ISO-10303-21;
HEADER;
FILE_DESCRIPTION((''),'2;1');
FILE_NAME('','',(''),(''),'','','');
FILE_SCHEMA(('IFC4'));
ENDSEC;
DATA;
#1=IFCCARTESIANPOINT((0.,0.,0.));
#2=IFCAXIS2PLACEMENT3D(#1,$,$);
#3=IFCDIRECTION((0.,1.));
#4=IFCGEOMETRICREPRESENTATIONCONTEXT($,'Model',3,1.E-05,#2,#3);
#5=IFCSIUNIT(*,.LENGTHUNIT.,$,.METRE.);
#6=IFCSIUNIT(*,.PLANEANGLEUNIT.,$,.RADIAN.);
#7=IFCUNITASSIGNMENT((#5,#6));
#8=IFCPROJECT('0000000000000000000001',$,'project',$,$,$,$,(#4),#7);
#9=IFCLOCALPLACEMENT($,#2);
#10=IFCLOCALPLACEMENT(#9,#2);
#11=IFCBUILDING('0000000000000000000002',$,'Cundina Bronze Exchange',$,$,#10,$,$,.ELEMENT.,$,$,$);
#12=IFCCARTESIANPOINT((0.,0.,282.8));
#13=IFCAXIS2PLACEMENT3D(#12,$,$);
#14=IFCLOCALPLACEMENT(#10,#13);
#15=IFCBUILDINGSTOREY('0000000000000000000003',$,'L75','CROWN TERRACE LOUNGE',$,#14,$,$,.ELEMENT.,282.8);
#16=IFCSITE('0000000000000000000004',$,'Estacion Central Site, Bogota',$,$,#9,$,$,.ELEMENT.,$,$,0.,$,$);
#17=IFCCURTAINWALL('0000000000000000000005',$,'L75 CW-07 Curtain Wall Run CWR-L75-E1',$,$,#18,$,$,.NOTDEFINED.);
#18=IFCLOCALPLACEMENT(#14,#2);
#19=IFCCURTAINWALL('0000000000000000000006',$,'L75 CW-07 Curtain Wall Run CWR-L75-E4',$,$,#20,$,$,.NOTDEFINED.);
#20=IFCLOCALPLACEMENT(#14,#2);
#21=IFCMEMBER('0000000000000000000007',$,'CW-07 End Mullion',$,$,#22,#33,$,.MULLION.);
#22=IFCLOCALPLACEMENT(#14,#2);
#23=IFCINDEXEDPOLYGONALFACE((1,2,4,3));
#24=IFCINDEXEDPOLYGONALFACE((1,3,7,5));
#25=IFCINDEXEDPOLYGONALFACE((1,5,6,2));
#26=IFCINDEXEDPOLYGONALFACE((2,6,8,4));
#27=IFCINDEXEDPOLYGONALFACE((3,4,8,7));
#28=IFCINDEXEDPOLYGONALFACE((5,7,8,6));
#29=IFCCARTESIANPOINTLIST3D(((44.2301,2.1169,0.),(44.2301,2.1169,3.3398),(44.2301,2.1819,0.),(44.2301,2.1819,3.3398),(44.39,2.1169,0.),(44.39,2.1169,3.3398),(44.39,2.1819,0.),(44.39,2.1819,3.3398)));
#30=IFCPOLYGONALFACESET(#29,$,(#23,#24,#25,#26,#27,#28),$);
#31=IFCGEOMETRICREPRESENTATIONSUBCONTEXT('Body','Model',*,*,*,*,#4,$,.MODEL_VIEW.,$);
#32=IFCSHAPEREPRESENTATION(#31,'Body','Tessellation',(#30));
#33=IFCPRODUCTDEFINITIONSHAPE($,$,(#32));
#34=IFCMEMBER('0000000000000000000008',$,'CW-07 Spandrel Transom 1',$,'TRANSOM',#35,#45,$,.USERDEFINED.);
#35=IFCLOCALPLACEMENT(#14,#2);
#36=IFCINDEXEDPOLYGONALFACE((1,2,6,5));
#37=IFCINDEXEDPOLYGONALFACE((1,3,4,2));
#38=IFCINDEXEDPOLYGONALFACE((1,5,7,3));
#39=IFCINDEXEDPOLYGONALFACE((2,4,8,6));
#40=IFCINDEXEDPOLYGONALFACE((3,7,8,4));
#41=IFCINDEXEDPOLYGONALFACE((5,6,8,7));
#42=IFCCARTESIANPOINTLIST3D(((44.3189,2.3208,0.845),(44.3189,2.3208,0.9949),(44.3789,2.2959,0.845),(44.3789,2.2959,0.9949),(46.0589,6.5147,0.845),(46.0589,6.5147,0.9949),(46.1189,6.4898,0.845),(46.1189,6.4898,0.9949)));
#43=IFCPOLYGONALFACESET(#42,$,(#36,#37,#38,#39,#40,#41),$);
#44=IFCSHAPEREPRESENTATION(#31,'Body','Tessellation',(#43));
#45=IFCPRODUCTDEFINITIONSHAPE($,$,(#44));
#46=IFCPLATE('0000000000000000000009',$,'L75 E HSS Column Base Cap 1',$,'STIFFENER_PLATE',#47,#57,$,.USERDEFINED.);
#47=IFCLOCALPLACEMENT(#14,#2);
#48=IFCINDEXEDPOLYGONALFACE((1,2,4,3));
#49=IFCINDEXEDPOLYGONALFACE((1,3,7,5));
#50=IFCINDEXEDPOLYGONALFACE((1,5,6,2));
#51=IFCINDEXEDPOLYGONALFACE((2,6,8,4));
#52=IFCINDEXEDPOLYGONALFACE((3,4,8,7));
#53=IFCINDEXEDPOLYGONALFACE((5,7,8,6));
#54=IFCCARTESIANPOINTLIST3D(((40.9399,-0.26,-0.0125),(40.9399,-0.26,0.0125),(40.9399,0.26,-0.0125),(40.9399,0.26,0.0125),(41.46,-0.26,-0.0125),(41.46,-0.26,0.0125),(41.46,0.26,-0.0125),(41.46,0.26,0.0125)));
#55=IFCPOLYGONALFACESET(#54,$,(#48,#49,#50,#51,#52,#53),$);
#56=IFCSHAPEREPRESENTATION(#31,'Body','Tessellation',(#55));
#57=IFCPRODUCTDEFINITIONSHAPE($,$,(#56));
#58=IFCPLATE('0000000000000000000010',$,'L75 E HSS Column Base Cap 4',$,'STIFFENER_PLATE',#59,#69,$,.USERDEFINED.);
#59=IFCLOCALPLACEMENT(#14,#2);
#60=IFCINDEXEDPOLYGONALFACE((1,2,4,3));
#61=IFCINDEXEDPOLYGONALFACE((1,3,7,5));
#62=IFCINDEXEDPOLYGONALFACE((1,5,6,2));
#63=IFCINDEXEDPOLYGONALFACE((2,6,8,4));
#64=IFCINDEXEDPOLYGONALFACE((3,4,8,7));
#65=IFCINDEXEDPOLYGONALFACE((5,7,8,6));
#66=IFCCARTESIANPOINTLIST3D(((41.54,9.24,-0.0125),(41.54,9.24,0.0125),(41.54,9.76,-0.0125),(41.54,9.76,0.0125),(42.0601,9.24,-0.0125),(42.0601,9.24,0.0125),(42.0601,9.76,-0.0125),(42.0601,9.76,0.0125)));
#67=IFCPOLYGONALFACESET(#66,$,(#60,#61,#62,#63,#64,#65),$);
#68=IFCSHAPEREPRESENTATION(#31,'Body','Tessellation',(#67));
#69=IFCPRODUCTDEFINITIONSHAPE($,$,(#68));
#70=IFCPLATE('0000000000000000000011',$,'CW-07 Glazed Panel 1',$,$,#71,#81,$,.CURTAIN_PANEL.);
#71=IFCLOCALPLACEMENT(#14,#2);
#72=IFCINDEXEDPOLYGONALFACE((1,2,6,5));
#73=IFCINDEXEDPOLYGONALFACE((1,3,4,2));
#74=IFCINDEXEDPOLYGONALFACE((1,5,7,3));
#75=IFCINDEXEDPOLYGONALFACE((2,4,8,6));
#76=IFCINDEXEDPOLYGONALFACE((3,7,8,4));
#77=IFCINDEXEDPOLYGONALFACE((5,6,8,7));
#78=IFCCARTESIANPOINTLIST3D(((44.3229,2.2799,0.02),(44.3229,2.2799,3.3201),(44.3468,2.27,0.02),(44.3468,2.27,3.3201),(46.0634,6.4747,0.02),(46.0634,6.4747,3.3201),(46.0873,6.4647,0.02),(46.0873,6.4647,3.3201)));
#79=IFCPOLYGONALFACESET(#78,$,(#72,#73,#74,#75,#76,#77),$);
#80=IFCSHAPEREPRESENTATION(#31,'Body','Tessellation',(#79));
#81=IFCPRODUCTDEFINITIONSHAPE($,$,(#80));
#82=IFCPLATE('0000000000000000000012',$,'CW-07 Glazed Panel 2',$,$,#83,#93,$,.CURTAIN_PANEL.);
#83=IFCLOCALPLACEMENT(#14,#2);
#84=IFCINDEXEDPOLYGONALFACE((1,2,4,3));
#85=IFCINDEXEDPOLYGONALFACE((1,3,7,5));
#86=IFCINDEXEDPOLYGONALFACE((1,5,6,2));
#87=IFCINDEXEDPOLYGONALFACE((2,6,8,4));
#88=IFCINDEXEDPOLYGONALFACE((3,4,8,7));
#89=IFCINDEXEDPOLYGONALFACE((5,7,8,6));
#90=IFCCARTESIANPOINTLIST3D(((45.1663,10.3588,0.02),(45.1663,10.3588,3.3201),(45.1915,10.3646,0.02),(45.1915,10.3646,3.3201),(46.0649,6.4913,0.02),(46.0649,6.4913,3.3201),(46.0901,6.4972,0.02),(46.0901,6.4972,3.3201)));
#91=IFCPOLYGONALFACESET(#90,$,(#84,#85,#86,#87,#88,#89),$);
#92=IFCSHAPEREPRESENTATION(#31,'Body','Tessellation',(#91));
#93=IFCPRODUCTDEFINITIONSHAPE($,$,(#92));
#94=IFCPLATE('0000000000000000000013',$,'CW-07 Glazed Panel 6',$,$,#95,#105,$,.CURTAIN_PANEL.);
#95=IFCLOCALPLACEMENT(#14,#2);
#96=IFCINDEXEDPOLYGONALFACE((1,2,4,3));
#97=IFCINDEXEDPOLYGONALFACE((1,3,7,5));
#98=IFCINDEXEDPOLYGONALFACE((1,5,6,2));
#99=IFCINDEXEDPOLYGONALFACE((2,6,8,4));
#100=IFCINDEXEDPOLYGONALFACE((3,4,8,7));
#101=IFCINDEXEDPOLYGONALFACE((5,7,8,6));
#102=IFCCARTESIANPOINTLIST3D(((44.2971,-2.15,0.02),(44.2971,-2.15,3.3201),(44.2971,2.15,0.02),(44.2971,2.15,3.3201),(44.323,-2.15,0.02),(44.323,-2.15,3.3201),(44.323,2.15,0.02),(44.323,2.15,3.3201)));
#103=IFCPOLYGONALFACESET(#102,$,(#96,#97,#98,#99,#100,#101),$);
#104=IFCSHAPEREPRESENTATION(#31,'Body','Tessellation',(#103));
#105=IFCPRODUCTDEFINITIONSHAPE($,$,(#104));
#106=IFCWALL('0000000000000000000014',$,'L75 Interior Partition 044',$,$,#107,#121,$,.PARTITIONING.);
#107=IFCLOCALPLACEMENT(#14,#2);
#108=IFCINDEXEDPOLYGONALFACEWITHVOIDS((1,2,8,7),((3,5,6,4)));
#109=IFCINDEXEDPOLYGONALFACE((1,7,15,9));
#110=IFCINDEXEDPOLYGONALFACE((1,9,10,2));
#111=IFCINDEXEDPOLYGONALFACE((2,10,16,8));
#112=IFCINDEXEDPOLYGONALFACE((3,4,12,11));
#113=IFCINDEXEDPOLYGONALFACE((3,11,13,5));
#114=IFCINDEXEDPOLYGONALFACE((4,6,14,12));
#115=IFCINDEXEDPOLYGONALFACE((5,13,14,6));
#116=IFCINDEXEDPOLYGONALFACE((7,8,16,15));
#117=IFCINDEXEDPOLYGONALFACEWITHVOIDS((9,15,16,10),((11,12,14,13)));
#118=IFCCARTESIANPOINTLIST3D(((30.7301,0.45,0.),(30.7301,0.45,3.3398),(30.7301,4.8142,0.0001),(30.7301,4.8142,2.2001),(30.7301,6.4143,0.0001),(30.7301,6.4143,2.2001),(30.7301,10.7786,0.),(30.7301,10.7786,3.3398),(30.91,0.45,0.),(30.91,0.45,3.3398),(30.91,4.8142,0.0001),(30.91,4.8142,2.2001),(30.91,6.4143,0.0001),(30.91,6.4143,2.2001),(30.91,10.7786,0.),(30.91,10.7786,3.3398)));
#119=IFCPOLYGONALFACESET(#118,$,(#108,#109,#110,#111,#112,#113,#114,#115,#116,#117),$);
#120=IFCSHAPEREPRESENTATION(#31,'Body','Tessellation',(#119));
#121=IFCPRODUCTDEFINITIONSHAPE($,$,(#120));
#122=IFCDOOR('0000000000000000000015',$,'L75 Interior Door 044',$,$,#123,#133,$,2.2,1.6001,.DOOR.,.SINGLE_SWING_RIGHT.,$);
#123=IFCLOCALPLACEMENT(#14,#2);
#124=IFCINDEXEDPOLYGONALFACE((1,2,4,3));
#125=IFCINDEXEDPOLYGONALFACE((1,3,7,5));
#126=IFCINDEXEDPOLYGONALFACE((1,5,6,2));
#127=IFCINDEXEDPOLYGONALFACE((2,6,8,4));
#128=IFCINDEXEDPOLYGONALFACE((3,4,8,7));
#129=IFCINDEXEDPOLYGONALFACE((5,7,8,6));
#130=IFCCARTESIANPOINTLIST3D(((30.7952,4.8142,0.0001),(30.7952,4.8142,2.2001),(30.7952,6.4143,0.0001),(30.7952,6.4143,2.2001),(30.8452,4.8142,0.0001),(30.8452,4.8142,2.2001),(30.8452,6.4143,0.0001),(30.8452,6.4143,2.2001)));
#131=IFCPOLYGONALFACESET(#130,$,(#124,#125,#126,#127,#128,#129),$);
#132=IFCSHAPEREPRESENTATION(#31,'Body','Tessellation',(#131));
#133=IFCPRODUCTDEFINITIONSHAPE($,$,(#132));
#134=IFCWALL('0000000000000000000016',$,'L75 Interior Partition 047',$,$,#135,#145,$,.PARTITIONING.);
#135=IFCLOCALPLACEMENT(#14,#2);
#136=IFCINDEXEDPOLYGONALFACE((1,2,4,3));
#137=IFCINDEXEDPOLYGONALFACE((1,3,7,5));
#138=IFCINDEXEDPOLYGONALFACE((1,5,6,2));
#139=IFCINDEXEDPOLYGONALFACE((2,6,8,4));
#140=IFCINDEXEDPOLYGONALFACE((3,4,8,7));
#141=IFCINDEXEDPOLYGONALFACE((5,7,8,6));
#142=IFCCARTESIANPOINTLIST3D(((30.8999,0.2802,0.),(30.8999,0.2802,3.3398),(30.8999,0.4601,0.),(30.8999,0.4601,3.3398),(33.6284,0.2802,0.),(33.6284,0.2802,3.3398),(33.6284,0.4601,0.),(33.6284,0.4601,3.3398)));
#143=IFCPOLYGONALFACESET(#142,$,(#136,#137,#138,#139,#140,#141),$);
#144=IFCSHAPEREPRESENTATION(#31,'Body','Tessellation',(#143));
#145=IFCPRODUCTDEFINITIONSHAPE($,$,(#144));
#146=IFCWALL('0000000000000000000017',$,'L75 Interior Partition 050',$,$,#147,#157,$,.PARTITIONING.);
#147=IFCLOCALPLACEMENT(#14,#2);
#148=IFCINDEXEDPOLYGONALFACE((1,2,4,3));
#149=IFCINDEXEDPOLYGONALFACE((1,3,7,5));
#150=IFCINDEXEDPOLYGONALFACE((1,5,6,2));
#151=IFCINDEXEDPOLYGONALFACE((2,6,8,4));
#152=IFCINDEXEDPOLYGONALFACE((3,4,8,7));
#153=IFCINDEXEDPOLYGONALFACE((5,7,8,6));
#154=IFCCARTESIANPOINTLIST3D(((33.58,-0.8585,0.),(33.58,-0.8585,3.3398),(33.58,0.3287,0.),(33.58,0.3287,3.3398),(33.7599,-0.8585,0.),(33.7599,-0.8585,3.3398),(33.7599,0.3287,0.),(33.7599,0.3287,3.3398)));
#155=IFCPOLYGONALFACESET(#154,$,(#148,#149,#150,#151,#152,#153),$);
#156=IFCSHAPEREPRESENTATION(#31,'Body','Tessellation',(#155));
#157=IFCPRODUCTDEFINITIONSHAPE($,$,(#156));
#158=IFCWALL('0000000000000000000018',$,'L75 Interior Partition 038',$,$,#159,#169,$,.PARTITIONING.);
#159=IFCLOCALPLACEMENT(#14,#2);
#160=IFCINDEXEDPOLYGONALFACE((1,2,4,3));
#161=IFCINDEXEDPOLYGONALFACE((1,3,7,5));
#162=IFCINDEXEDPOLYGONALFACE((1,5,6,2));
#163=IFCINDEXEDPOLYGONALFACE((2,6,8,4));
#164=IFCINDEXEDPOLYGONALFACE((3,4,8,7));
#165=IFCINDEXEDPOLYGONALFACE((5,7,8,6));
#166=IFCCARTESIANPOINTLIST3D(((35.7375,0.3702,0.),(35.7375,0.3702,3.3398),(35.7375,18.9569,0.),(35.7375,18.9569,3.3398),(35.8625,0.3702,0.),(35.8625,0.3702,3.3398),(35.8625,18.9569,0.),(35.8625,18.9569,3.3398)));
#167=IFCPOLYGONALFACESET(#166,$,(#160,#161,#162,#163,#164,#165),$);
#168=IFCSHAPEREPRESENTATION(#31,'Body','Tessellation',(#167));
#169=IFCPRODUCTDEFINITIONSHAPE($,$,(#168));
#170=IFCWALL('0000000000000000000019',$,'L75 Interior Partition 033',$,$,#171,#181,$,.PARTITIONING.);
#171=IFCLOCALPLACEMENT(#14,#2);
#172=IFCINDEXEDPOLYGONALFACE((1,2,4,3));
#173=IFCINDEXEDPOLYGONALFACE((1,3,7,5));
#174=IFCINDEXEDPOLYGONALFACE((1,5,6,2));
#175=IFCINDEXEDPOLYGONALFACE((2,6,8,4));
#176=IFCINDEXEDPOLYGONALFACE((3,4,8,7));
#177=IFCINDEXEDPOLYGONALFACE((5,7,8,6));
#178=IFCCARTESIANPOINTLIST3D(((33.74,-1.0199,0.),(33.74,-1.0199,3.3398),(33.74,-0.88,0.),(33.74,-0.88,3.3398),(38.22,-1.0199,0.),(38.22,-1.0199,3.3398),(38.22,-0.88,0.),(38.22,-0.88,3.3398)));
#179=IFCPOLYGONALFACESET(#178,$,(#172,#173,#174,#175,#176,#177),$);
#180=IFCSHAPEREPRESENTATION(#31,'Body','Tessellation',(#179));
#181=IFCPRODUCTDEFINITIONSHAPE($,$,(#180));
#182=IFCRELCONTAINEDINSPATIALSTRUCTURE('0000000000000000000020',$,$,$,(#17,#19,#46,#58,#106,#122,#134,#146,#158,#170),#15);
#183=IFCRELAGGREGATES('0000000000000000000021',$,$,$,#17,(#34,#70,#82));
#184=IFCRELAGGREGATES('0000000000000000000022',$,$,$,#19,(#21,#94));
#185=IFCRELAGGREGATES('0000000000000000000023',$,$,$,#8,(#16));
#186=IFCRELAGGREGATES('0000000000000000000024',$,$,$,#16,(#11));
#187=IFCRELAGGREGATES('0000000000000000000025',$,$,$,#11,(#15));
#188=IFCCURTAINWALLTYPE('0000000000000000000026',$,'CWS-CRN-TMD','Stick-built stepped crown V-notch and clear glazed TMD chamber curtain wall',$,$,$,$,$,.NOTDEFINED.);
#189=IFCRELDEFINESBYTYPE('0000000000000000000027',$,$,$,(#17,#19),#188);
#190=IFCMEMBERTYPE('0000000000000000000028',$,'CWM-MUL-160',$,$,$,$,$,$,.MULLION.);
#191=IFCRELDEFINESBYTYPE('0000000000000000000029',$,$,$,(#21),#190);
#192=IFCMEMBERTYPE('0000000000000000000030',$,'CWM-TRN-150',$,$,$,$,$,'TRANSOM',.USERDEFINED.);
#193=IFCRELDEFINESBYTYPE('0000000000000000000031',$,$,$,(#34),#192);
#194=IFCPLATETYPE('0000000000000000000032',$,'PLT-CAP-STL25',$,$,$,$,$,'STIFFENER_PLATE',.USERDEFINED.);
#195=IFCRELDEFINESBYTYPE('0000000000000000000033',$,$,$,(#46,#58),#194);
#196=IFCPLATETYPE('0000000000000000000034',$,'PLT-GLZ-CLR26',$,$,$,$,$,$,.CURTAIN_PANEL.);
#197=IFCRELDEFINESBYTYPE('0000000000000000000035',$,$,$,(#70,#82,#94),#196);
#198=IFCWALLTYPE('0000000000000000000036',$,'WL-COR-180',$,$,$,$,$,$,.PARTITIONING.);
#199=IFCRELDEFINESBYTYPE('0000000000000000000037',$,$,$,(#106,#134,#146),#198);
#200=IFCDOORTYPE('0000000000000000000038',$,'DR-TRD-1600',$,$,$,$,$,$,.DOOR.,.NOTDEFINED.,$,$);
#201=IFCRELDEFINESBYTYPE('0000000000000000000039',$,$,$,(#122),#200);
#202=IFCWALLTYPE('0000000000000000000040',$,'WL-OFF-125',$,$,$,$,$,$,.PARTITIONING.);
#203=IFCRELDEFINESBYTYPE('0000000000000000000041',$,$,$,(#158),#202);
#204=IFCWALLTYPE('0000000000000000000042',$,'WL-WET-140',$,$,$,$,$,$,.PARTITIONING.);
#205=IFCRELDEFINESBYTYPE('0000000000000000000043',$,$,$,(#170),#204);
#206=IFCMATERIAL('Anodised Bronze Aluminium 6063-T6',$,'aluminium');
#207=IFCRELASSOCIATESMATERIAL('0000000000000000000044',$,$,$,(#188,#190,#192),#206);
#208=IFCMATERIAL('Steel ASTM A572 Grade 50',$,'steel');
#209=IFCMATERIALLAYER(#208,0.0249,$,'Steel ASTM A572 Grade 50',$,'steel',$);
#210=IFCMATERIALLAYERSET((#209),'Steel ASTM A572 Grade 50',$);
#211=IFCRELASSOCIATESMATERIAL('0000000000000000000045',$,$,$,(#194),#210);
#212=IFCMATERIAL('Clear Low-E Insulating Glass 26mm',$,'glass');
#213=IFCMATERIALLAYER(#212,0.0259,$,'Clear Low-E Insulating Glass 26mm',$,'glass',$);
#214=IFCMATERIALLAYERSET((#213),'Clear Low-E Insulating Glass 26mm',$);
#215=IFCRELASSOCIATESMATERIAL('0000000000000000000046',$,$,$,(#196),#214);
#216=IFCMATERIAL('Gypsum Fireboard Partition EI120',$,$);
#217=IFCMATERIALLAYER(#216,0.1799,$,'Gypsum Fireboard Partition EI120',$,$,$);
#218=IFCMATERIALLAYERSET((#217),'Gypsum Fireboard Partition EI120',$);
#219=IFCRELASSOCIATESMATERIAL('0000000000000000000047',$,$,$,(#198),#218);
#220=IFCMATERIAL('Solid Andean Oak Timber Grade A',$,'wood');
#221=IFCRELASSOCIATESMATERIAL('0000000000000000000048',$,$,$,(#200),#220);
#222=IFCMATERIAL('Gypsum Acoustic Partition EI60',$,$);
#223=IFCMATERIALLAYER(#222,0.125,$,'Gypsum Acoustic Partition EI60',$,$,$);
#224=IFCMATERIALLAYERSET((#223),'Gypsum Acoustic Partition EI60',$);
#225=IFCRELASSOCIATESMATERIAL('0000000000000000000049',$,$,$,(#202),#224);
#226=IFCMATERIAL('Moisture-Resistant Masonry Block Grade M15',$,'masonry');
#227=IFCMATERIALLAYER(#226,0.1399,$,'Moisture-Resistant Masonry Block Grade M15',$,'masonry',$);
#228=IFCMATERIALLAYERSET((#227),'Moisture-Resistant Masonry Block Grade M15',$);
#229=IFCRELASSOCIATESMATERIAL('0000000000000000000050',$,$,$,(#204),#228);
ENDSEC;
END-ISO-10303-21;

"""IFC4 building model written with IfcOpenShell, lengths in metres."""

from ifc_helpers import new_model, si_unit, direction, frame, frame_2d, origin, origin_2d, place, context, subcontext, project, spatial, rectangle, extrude, material, layer, layer_set, material_profile, profile_set, type_object, element, fill, aggregate, save


model = new_model("IFC4")

# Units and contexts
model_context = context("Model", 3, precision=1e-05, world=origin(), true_north=direction((0.0, 1.0)))
body_context = subcontext(model_context, "Body", "Model", "MODEL_VIEW")
ifc_project = project(units=[si_unit("LENGTHUNIT", "METRE"), si_unit("PLANEANGLEUNIT", "RADIAN")], contexts=[model_context])

# Site, building, storey
site_placement = place(None, origin())
site = spatial("IfcSite", under=ifc_project, at=site_placement, Name="Estacion Central Site, Bogota", CompositionType="ELEMENT", RefElevation=0.0)
building_placement = place(site_placement, origin())
building = spatial("IfcBuilding", under=site, at=building_placement, Name="Cundina Bronze Exchange", CompositionType="ELEMENT")
storey_placement = place(building_placement, frame((0.0, 0.0, 282.8)))
storey = spatial("IfcBuildingStorey", under=building, at=storey_placement, Name="L75", Description="CROWN TERRACE LOUNGE", CompositionType="ELEMENT", Elevation=282.8)

# Curtain walls, member
ifc_material_1 = material(Name="Anodised Bronze Aluminium 6063-T6", Category="aluminium")
curtain_wall_type = type_object("IfcCurtainWallType", Name="CWS-CRN-TMD", Description="Stick-built stepped crown V-notch and clear glazed TMD chamber curtain wall", PredefinedType="NOTDEFINED", material=ifc_material_1)
curtain_wall_1_placement = place(storey_placement, origin())
curtain_wall_1 = element("IfcCurtainWall", 1, at=curtain_wall_1_placement, inside=storey, type_object=curtain_wall_type, Name="L75 CW-07 Curtain Wall Run CWR-L75-E1", PredefinedType="NOTDEFINED")
ifc_material_profile_1 = material_profile(ifc_material_1, rectangle(XDim=0.0649, YDim=0.1599, at=origin_2d()), Name="AL65X160", Category="aluminium")
ifc_profile_set_1 = profile_set([ifc_material_profile_1], Name="Anodised Bronze Aluminium 6063-T6")
member_type_1 = type_object("IfcMemberType", Name="CWM-MUL-160", PredefinedType="MULLION", material=ifc_profile_set_1)
curtain_wall_2_placement = place(storey_placement, origin())
curtain_wall_2 = element("IfcCurtainWall", 2, at=curtain_wall_2_placement, inside=storey, type_object=curtain_wall_type, Name="L75 CW-07 Curtain Wall Run CWR-L75-E4", PredefinedType="NOTDEFINED")
member_1_placement = place(storey_placement, frame((44.3101, 2.1494, 0.0), z_axis=(0.0, 0.0, 1.0), x_axis=(0.0, 1.0, 0.0)))
member_1 = element("IfcMember", 3, at=member_1_placement, type_object=member_type_1, Name="CW-07 End Mullion", PredefinedType="MULLION", context=body_context, shape_type="SweptSolid", body=[
    extrude(rectangle(XDim=0.0649, YDim=0.1599, at=origin_2d()), origin(), (0.0, 0.0, 1.0), 3.3398),
])

# Member
ifc_material_profile_2 = material_profile(ifc_material_1, rectangle(XDim=0.0649, YDim=0.1499, at=origin_2d()), Name="AL65X150", Category="aluminium")
ifc_profile_set_2 = profile_set([ifc_material_profile_2], Name="Anodised Bronze Aluminium 6063-T6")
member_type_2 = type_object("IfcMemberType", Name="CWM-TRN-150", ElementType="TRANSOM", PredefinedType="USERDEFINED", material=ifc_profile_set_2)
member_2_placement = place(storey_placement, frame((44.3489, 2.3083, 0.9199), z_axis=(0.383218, 0.923658, 0.0), x_axis=(-0.923658, 0.383218, 0.0)))
member_2 = element("IfcMember", 4, at=member_2_placement, type_object=member_type_2, Name="CW-07 Spandrel Transom 1", ObjectType="TRANSOM", PredefinedType="USERDEFINED", context=body_context, shape_type="SweptSolid", body=[
    extrude(rectangle(XDim=0.0649, YDim=0.1499, at=origin_2d()), origin(), (0.0, 0.0, 1.0), 4.5405),
])

# Plates
ifc_material_2 = material(Name="Steel ASTM A572 Grade 50", Category="steel")
ifc_layer_1 = layer(ifc_material_2, 0.0249, Name="Steel ASTM A572 Grade 50", Category="steel")
ifc_layer_set_1 = layer_set([ifc_layer_1], Name="Steel ASTM A572 Grade 50")
plate_type_1 = type_object("IfcPlateType", Name="PLT-CAP-STL25", ElementType="STIFFENER_PLATE", PredefinedType="USERDEFINED", material=ifc_layer_set_1)
for number, where, z_axis, x_axis, name in (
    (5, (41.2, 0.0, -0.0125), (0.0, 0.0, 1.0), (1.0, 0.0, 0.0), "L75 E HSS Column Base Cap 1"),
    (6, (41.8, 9.5, -0.0125), (0.0, 0.0, 1.0), (1.0, 0.0, 0.0), "L75 E HSS Column Base Cap 4"),
):
    element("IfcPlate", number, at=place(storey_placement, frame(where, z_axis=z_axis, x_axis=x_axis)), inside=storey, type_object=plate_type_1, Name=name, ObjectType="STIFFENER_PLATE", PredefinedType="USERDEFINED", context=body_context, shape_type="SweptSolid", body=[
        extrude(rectangle(XDim=0.52, YDim=0.52, at=origin_2d()), origin(), (0.0, 0.0, 1.0), 0.0249),
    ])

# Plates
ifc_material_3 = material(Name="Clear Low-E Insulating Glass 26mm", Category="glass")
ifc_layer_2 = layer(ifc_material_3, 0.0259, Name="Clear Low-E Insulating Glass 26mm", Category="glass")
ifc_layer_set_2 = layer_set([ifc_layer_2], Name="Clear Low-E Insulating Glass 26mm")
plate_type_2 = type_object("IfcPlateType", Name="PLT-GLZ-CLR26", PredefinedType="CURTAIN_PANEL", material=ifc_layer_set_2)
plate_1_placement = place(storey_placement, frame((45.2051, 4.3723, 0.02), z_axis=(0.0, 0.0, 1.0), x_axis=(0.383232, 0.923652, 0.0)))
plate_1 = element("IfcPlate", 7, at=plate_1_placement, type_object=plate_type_2, Name="CW-07 Glazed Panel 1", PredefinedType="CURTAIN_PANEL", context=body_context, shape_type="SweptSolid", body=[
    extrude(rectangle(XDim=4.5415, YDim=0.0259, at=origin_2d()), origin(), (0.0, 0.0, 1.0), 3.3),
])
plate_2_placement = place(storey_placement, frame((45.6282, 8.428, 0.02), z_axis=(0.0, 0.0, 1.0), x_axis=(-0.226328, 0.974051, 0.0)))
plate_2 = element("IfcPlate", 8, at=plate_2_placement, type_object=plate_type_2, Name="CW-07 Glazed Panel 2", PredefinedType="CURTAIN_PANEL", context=body_context, shape_type="SweptSolid", body=[
    extrude(rectangle(XDim=3.9705, YDim=0.0259, at=origin_2d()), origin(), (0.0, 0.0, 1.0), 3.3),
])
aggregate(curtain_wall_1, [member_2, plate_1, plate_2])
plate_3_placement = place(storey_placement, frame((44.3101, 0.0, 0.02), z_axis=(0.0, 0.0, 1.0), x_axis=(0.0, 1.0, 0.0)))
plate_3 = element("IfcPlate", 9, at=plate_3_placement, type_object=plate_type_2, Name="CW-07 Glazed Panel 6", PredefinedType="CURTAIN_PANEL", context=body_context, shape_type="SweptSolid", body=[
    extrude(rectangle(XDim=4.3, YDim=0.0259, at=origin_2d()), origin(), (0.0, 0.0, 1.0), 3.3),
])
aggregate(curtain_wall_2, [member_1, plate_3])

# Wall, opening, door
ifc_material_4 = material(Name="Gypsum Fireboard Partition EI120")
ifc_layer_3 = layer(ifc_material_4, 0.1799, Name="Gypsum Fireboard Partition EI120")
ifc_layer_set_3 = layer_set([ifc_layer_3], Name="Gypsum Fireboard Partition EI120")
wall_type_1 = type_object("IfcWallType", Name="WL-COR-180", PredefinedType="PARTITIONING", material=ifc_layer_set_3)
wall_1_placement = place(storey_placement, frame((30.8201, 0.45, 0.0), z_axis=(0.0, 0.0, 1.0), x_axis=(0.0, 1.0, 0.0)))
wall_1 = element("IfcWall", 10, at=wall_1_placement, inside=storey, type_object=wall_type_1, Name="L75 Interior Partition 044", PredefinedType="PARTITIONING", context=body_context, shape_type="SweptSolid", body=[
    extrude(rectangle(XDim=10.3286, YDim=0.1799, at=frame_2d((5.1643, 0.0))), origin(), (0.0, 0.0, 1.0), 3.3398),
])
opening_placement = place(wall_1_placement, frame((4.3643, 0.0, 0.0)))
opening = element("IfcOpeningElement", 11, at=opening_placement, cuts=wall_1, PredefinedType="OPENING", context=body_context, shape_type="SweptSolid", body=[
    extrude(rectangle(XDim=1.6001, YDim=2.2, at=frame_2d((0.8, 1.1001))), frame((0.0, 0.0999, 0.0), z_axis=(0.0, -1.0, 0.0), x_axis=(1.0, 0.0, 0.0)), (0.0, 0.0, 1.0), 0.2),
])
ifc_material_5 = material(Name="Solid Andean Oak Timber Grade A", Category="wood")
door_type = type_object("IfcDoorType", Name="DR-TRD-1600", OperationType="NOTDEFINED", PredefinedType="DOOR", material=ifc_material_5)
door_placement = place(opening_placement, origin())
door = element("IfcDoor", 12, at=door_placement, inside=storey, type_object=door_type, Name="L75 Interior Door 044", OperationType="SINGLE_SWING_RIGHT", OverallHeight=2.2, OverallWidth=1.6001, PredefinedType="DOOR", context=body_context, shape_type="SweptSolid", body=[
    extrude(rectangle(XDim=1.6001, YDim=2.2, at=frame_2d((0.8, 1.1001))), frame((0.0, 0.0249, 0.0), z_axis=(0.0, -1.0, 0.0), x_axis=(1.0, 0.0, 0.0)), (0.0, 0.0, 1.0), 0.05),
])
fill(opening, door)

# Walls
wall_2_placement = place(storey_placement, frame((33.6284, 0.3701, 0.0), z_axis=(0.0, 0.0, 1.0), x_axis=(-1.0, 0.0, 0.0)))
element("IfcWall", 13, at=wall_2_placement, inside=storey, type_object=wall_type_1, Name="L75 Interior Partition 047", PredefinedType="PARTITIONING", context=body_context, shape_type="SweptSolid", body=[
    extrude(rectangle(XDim=2.7285, YDim=0.1799, at=frame_2d((1.3643, 0.0))), origin(), (0.0, 0.0, 1.0), 3.3398),
])
wall_3_placement = place(storey_placement, frame((33.6699, -0.8586, 0.0), z_axis=(0.0, 0.0, 1.0), x_axis=(0.0, 1.0, 0.0)))
element("IfcWall", 14, at=wall_3_placement, inside=storey, type_object=wall_type_1, Name="L75 Interior Partition 050", PredefinedType="PARTITIONING", context=body_context, shape_type="SweptSolid", body=[
    extrude(rectangle(XDim=1.1873, YDim=0.1799, at=frame_2d((0.5938, 0.0))), origin(), (0.0, 0.0, 1.0), 3.3398),
])
ifc_material_6 = material(Name="Gypsum Acoustic Partition EI60")
ifc_layer_4 = layer(ifc_material_6, 0.125, Name="Gypsum Acoustic Partition EI60")
ifc_layer_set_4 = layer_set([ifc_layer_4], Name="Gypsum Acoustic Partition EI60")
wall_type_2 = type_object("IfcWallType", Name="WL-OFF-125", PredefinedType="PARTITIONING", material=ifc_layer_set_4)
wall_4_placement = place(storey_placement, frame((35.8, 0.3701, 0.0), z_axis=(0.0, 0.0, 1.0), x_axis=(0.0, 1.0, 0.0)))
element("IfcWall", 15, at=wall_4_placement, inside=storey, type_object=wall_type_2, Name="L75 Interior Partition 038", PredefinedType="PARTITIONING", context=body_context, shape_type="SweptSolid", body=[
    extrude(rectangle(XDim=18.5867, YDim=0.125, at=frame_2d((9.2935, 0.0))), origin(), (0.0, 0.0, 1.0), 3.3398),
])
ifc_material_7 = material(Name="Moisture-Resistant Masonry Block Grade M15", Category="masonry")
ifc_layer_5 = layer(ifc_material_7, 0.1399, Name="Moisture-Resistant Masonry Block Grade M15", Category="masonry")
ifc_layer_set_5 = layer_set([ifc_layer_5], Name="Moisture-Resistant Masonry Block Grade M15")
wall_type_3 = type_object("IfcWallType", Name="WL-WET-140", PredefinedType="PARTITIONING", material=ifc_layer_set_5)
wall_5_placement = place(storey_placement, frame((33.74, -0.95, 0.0), z_axis=(0.0, 0.0, 1.0), x_axis=(1.0, 0.0, 0.0)))
element("IfcWall", 16, at=wall_5_placement, inside=storey, type_object=wall_type_3, Name="L75 Interior Partition 033", PredefinedType="PARTITIONING", context=body_context, shape_type="SweptSolid", body=[
    extrude(rectangle(XDim=4.48, YDim=0.1399, at=frame_2d((2.24, 0.0))), origin(), (0.0, 0.0, 1.0), 3.3398),
])

save(model, "model.ifc")
